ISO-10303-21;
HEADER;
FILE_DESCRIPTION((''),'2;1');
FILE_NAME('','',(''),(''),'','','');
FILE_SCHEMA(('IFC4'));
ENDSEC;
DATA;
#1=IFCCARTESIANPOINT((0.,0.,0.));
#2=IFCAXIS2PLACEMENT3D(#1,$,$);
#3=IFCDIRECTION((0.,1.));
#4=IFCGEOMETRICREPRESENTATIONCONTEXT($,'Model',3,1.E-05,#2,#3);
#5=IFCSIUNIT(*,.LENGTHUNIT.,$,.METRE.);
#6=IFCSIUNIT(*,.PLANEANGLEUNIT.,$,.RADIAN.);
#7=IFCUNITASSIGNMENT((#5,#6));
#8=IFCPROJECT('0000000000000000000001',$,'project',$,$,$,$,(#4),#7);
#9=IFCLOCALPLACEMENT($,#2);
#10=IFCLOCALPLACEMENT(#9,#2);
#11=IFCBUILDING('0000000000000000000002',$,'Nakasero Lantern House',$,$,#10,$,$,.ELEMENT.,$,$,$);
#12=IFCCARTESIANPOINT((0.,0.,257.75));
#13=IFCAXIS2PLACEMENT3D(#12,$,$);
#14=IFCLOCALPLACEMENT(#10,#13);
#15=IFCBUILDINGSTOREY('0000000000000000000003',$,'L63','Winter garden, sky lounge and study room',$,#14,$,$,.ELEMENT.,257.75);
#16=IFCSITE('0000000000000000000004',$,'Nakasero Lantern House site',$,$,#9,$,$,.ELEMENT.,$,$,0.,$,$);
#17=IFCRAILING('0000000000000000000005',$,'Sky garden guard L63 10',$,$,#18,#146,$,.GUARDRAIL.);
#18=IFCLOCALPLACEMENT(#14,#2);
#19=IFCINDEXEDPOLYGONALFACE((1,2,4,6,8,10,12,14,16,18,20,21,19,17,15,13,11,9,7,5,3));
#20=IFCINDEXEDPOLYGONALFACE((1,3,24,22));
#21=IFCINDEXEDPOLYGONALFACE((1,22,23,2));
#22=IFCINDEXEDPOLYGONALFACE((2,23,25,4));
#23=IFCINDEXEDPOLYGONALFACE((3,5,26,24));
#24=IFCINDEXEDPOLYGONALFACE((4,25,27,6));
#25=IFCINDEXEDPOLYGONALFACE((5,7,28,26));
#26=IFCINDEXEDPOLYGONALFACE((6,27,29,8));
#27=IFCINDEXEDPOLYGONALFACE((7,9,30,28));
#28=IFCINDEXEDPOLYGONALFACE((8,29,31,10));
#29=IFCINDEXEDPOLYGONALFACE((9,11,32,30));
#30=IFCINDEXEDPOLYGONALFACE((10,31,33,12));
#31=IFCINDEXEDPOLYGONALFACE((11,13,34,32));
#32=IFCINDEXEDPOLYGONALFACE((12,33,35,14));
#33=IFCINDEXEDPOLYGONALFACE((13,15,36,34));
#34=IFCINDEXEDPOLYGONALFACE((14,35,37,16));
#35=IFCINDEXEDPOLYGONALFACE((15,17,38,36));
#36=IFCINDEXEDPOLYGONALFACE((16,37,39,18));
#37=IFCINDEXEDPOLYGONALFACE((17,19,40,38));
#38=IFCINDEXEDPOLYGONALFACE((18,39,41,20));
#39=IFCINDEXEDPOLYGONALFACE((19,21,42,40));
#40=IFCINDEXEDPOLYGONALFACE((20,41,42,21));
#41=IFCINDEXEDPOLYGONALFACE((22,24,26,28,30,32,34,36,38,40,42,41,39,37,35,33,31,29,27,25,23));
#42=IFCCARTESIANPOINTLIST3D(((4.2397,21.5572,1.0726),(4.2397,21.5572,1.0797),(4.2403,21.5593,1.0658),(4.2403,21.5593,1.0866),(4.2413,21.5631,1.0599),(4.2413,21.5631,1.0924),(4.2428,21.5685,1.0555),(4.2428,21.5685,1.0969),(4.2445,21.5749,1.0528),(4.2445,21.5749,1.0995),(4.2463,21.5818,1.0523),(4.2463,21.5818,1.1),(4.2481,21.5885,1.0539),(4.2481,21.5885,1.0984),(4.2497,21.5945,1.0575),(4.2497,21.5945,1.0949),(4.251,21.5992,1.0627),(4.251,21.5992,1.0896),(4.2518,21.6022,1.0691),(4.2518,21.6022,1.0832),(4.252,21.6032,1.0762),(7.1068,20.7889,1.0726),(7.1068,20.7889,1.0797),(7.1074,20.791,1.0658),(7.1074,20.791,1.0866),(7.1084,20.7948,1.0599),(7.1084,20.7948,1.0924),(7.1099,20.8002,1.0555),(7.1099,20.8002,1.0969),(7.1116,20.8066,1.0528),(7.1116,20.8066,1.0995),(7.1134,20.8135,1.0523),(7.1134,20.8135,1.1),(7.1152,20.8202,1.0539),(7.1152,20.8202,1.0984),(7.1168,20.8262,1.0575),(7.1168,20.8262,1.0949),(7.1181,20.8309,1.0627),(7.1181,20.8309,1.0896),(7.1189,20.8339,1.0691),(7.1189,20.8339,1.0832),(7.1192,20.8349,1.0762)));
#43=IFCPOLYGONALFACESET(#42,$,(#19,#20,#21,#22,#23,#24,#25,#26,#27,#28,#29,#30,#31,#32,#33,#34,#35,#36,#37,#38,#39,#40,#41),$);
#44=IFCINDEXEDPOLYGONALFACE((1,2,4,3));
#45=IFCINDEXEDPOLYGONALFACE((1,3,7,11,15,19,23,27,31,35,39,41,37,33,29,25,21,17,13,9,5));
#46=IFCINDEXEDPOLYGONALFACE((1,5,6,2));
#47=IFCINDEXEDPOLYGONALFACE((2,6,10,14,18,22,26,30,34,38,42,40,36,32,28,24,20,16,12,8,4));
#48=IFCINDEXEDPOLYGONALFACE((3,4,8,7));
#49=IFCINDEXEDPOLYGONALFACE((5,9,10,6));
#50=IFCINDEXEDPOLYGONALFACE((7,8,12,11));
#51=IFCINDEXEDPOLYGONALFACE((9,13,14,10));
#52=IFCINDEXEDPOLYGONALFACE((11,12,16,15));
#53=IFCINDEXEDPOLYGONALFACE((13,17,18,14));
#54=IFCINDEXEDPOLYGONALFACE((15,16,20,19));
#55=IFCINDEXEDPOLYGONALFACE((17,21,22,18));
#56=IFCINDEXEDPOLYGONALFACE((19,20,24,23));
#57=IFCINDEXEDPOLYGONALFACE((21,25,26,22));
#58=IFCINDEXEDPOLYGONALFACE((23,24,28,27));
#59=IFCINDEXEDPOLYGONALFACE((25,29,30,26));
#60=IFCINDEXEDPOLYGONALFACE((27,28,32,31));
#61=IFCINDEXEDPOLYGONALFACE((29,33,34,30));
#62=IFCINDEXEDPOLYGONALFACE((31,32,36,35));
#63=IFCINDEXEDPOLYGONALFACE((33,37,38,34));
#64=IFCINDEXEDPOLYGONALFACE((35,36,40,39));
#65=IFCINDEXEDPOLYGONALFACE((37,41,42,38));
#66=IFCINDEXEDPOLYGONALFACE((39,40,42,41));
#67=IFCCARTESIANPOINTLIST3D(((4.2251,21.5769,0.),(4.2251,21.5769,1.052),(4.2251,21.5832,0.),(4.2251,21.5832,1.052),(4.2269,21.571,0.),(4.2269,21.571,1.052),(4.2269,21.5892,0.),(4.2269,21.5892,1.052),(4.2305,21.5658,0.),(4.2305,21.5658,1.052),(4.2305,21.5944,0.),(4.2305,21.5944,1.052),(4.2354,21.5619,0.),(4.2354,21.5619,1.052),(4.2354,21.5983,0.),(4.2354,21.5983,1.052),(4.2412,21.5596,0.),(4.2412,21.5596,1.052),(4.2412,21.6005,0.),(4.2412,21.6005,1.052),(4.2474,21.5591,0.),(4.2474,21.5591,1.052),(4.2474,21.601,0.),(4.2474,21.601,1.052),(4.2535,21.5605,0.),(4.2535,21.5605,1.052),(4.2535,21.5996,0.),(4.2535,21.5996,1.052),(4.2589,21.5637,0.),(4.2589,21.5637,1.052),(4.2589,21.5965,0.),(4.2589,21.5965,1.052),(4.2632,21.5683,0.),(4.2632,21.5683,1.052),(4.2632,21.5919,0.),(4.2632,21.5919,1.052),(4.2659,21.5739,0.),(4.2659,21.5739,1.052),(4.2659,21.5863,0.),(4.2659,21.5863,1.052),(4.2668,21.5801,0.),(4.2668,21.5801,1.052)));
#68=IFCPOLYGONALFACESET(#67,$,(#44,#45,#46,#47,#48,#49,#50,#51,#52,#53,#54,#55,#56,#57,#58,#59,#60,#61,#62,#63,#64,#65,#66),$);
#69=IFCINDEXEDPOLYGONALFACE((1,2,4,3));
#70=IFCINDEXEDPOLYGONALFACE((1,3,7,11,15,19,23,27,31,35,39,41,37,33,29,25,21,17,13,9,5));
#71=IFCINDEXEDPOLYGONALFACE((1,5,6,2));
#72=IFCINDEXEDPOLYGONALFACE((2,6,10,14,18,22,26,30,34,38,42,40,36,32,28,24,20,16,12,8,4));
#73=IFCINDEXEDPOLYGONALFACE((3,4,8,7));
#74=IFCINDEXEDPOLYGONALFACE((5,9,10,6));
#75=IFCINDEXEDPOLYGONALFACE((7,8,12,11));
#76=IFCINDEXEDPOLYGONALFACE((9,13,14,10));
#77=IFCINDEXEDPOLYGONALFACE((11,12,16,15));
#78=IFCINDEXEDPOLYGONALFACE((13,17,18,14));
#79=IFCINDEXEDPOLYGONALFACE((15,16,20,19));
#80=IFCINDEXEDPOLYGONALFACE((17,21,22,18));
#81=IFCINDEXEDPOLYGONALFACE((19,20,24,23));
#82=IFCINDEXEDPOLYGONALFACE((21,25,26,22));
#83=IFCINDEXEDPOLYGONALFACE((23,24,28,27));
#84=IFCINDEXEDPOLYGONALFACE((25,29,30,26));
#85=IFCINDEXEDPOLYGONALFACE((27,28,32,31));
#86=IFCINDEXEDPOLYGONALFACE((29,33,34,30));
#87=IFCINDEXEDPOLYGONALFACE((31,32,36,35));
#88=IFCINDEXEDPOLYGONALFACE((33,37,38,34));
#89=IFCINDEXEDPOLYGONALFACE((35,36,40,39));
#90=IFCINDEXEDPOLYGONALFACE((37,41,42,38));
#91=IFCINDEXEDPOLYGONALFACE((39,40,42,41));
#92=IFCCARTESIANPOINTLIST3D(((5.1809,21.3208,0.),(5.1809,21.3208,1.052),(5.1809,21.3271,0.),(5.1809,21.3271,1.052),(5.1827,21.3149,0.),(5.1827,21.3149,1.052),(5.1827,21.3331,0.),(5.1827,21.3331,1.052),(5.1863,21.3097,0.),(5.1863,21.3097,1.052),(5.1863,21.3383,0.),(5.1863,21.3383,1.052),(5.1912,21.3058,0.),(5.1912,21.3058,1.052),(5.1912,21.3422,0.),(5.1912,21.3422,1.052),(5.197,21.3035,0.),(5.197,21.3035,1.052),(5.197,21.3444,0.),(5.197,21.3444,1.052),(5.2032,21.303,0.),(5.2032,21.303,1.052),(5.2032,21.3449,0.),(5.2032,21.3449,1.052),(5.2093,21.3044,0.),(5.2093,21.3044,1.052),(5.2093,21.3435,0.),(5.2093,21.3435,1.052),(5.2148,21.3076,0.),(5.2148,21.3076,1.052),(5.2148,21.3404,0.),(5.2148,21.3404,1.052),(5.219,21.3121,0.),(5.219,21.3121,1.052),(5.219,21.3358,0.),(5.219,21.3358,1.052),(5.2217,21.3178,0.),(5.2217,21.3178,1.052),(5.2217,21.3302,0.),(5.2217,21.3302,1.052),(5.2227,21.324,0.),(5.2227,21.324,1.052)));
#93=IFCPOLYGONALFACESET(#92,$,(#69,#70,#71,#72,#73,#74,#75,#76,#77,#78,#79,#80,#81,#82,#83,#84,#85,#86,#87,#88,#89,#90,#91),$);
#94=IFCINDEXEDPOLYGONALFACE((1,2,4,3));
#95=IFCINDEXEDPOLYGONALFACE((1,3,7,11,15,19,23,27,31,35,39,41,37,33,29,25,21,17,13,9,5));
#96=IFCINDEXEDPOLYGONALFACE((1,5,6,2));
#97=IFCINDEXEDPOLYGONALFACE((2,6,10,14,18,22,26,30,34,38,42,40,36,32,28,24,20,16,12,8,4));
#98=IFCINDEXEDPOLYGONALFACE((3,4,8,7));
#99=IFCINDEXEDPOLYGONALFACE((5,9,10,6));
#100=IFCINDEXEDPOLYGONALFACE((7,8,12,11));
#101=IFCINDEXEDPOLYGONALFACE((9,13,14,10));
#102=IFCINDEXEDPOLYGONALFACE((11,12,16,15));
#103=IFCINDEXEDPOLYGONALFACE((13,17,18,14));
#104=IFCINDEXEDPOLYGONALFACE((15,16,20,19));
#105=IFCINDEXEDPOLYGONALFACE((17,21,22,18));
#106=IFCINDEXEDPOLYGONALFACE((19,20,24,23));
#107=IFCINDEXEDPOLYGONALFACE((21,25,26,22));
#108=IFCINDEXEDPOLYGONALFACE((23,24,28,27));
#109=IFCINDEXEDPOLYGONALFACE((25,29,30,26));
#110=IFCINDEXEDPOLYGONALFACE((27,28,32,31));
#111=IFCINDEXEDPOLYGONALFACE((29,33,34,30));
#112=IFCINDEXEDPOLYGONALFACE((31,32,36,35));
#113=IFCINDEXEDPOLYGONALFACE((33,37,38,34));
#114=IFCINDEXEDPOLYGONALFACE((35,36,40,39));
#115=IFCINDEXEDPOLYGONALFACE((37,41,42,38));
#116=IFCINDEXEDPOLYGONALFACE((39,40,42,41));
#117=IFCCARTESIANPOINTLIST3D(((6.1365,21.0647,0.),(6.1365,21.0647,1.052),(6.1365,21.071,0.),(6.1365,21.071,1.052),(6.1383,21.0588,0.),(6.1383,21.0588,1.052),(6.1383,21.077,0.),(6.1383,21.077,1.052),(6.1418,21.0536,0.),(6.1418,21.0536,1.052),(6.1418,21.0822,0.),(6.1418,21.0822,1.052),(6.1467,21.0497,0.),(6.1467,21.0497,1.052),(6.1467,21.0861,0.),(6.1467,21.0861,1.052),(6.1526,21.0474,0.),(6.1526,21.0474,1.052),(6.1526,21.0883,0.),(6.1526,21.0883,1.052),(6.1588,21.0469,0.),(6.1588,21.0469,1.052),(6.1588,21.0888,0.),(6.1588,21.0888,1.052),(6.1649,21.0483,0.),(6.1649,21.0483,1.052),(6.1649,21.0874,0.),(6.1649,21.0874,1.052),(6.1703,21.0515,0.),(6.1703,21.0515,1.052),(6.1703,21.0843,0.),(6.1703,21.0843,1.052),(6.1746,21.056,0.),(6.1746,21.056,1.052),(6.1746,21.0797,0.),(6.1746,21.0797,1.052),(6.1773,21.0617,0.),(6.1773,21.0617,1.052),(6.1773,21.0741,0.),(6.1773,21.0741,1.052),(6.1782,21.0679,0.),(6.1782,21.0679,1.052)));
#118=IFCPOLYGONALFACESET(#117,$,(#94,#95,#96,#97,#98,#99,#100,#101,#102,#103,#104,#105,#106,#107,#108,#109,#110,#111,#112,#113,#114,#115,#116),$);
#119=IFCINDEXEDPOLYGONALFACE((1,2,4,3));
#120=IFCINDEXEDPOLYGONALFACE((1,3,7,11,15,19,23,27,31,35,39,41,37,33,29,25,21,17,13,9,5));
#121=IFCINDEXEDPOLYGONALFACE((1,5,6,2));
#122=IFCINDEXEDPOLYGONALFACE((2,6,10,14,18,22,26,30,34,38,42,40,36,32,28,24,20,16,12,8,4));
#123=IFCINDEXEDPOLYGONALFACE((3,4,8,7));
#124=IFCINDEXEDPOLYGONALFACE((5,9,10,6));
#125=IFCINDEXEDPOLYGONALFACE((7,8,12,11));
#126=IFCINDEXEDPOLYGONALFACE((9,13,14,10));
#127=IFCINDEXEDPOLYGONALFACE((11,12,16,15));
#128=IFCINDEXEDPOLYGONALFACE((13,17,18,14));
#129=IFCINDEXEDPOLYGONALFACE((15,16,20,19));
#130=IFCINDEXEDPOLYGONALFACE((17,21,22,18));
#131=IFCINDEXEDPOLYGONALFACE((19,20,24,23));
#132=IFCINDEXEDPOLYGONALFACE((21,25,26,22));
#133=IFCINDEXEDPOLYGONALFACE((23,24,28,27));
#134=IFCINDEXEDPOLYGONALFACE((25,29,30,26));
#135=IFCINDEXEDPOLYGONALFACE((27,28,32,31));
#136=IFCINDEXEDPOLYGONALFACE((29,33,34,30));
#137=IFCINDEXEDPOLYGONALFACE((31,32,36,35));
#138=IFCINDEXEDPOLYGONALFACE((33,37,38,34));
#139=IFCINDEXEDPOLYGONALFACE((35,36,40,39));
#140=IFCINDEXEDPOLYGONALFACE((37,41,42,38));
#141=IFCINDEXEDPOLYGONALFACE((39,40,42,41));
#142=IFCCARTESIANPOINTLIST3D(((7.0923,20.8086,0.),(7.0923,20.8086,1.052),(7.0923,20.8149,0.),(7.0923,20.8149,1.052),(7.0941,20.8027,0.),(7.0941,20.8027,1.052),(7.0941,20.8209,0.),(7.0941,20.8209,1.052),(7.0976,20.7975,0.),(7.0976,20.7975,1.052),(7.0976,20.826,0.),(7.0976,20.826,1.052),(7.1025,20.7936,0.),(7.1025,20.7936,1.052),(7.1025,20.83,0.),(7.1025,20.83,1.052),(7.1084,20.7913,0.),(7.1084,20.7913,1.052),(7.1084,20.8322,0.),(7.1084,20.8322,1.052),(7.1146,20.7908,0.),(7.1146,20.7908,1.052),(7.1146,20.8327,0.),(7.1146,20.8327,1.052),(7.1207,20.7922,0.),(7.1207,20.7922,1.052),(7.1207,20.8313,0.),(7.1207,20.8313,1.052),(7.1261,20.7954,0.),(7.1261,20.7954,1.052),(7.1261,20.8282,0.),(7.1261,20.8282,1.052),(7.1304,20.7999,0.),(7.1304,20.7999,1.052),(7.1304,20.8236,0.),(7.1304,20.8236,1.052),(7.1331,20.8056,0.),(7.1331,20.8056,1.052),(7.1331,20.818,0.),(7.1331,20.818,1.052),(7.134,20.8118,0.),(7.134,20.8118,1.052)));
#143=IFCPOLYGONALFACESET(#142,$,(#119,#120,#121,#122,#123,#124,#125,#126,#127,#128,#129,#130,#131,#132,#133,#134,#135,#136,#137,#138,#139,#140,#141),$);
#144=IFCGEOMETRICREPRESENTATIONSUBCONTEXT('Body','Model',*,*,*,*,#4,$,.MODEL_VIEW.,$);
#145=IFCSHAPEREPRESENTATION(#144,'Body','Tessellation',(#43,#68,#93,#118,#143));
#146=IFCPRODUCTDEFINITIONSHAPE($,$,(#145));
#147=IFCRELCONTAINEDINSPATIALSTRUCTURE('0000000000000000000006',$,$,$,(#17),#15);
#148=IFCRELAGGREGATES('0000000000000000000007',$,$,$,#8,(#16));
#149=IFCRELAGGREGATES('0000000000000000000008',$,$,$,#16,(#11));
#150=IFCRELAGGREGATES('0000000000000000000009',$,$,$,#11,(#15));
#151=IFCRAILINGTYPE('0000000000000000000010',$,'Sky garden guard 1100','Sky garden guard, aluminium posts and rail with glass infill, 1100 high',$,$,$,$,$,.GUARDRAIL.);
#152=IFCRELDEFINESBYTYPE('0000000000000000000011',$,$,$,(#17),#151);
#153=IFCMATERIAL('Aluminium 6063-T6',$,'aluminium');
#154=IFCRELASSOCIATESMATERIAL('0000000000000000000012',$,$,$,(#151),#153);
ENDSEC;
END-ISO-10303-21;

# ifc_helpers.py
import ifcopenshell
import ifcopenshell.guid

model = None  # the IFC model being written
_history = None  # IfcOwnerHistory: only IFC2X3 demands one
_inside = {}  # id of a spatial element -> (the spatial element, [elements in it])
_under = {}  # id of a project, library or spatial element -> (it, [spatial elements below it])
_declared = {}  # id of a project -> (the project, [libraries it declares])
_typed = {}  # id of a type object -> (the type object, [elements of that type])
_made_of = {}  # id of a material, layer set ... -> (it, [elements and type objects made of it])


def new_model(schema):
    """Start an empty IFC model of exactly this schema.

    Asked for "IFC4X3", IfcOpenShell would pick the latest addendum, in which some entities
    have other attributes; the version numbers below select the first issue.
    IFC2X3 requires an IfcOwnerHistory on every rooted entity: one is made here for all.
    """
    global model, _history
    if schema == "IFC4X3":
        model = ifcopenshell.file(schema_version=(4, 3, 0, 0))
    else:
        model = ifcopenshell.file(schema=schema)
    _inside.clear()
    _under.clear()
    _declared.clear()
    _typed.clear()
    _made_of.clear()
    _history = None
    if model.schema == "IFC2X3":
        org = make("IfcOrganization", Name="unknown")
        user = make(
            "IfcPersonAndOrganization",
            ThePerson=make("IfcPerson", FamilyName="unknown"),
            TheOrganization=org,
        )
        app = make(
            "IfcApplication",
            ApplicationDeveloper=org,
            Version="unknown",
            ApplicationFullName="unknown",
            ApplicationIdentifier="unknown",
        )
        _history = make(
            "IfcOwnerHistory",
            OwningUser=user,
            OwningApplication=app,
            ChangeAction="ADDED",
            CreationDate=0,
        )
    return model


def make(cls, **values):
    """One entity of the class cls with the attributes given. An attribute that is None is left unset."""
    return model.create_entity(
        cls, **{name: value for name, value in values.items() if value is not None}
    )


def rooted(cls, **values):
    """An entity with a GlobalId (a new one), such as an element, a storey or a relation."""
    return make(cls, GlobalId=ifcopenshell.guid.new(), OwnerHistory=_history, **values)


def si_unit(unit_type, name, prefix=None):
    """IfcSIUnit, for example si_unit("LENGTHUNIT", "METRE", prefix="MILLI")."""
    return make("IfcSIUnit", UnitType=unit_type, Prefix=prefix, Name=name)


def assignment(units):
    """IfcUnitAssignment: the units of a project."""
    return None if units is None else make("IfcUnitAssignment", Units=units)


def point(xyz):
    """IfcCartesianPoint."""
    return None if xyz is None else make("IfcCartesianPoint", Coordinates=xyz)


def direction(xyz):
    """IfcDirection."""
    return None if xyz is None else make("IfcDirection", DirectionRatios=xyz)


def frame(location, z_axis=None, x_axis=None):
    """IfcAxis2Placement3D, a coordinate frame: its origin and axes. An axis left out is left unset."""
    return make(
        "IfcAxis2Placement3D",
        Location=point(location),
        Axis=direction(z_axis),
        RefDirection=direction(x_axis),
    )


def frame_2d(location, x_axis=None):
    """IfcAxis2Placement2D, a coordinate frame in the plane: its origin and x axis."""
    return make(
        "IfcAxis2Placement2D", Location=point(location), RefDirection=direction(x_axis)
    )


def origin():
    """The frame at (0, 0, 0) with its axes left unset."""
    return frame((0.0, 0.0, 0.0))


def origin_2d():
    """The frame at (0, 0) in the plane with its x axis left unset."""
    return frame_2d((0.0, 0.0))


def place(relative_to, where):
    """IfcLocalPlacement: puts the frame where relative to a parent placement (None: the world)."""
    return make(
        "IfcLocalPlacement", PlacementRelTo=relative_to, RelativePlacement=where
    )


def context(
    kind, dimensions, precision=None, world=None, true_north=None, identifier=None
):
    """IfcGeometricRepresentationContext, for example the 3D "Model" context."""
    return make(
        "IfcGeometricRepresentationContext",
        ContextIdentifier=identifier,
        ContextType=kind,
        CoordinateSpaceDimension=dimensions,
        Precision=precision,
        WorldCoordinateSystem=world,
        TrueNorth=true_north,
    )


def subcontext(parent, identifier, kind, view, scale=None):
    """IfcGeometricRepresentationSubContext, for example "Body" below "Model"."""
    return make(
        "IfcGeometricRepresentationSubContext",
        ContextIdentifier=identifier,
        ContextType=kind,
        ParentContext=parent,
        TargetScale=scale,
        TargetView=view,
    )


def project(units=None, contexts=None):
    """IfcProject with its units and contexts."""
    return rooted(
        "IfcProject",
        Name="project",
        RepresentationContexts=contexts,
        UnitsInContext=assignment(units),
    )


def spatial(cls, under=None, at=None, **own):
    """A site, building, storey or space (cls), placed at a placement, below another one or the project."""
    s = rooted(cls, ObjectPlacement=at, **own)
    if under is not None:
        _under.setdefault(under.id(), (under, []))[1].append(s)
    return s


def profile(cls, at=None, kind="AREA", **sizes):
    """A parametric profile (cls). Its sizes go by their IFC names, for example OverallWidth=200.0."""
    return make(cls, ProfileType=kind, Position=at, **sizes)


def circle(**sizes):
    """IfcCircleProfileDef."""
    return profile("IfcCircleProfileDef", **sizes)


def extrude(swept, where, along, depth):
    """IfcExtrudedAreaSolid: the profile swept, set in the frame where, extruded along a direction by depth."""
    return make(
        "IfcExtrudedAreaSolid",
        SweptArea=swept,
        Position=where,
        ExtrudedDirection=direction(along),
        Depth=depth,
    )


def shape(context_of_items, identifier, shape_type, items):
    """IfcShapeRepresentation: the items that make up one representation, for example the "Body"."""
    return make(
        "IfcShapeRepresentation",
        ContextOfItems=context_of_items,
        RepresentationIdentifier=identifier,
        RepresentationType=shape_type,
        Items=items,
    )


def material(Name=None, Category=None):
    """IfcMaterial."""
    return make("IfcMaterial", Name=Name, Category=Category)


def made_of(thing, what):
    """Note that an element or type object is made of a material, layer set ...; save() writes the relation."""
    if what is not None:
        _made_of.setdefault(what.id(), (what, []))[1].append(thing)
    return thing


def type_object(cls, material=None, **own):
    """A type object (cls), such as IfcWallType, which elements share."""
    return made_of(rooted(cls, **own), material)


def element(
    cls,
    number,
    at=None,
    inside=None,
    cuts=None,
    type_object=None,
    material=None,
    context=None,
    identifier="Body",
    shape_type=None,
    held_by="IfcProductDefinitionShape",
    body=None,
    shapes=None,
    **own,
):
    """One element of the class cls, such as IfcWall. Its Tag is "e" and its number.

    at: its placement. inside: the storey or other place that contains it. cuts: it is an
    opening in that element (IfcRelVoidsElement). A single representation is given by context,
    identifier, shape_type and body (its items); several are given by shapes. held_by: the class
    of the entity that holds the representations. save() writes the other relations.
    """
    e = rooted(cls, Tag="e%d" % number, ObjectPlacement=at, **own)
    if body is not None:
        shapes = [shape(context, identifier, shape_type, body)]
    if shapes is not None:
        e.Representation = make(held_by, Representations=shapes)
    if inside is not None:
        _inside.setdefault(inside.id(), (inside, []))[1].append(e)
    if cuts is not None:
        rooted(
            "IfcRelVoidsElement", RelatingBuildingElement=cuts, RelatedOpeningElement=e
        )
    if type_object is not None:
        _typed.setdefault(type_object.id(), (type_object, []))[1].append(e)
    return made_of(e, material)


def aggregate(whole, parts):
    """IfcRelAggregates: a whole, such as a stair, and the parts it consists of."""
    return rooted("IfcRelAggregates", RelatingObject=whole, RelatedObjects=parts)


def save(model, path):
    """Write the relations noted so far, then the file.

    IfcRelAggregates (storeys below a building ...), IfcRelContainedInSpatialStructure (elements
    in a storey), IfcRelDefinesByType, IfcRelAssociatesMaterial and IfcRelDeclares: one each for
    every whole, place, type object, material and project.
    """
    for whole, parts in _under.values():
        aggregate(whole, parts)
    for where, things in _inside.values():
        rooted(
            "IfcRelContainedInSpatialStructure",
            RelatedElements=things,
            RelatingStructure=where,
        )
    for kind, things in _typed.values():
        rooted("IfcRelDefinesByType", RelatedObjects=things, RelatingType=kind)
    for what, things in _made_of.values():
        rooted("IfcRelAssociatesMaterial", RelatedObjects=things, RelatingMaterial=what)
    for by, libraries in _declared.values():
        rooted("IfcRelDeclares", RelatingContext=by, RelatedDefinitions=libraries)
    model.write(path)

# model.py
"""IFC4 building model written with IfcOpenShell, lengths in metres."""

from ifc_helpers import new_model, si_unit, direction, frame, origin, origin_2d, place, context, subcontext, project, spatial, circle, extrude, material, type_object, element, save


model = new_model("IFC4")

# Units and contexts
model_context = context("Model", 3, precision=1e-05, world=origin(), true_north=direction((0.0, 1.0)))
body_context = subcontext(model_context, "Body", "Model", "MODEL_VIEW")
ifc_project = project(units=[si_unit("LENGTHUNIT", "METRE"), si_unit("PLANEANGLEUNIT", "RADIAN")], contexts=[model_context])

# Site, building, storey
site_placement = place(None, origin())
site = spatial("IfcSite", under=ifc_project, at=site_placement, Name="Nakasero Lantern House site", CompositionType="ELEMENT", RefElevation=0.0)
building_placement = place(site_placement, origin())
building = spatial("IfcBuilding", under=site, at=building_placement, Name="Nakasero Lantern House", CompositionType="ELEMENT")
storey_placement = place(building_placement, frame((0.0, 0.0, 257.75)))
storey = spatial("IfcBuildingStorey", under=building, at=storey_placement, Name="L63", Description="Winter garden, sky lounge and study room", CompositionType="ELEMENT", Elevation=257.75)

# Railing
ifc_material_1 = material(Name="Aluminium 6063-T6", Category="aluminium")
railing_type = type_object("IfcRailingType", Name="Sky garden guard 1100", Description="Sky garden guard, aluminium posts and rail with glass infill, 1100 high", PredefinedType="GUARDRAIL", material=ifc_material_1)
railing_1_placement = place(storey_placement, frame((4.2458, 21.5801, 0.0)))
element("IfcRailing", 1, at=railing_1_placement, inside=storey, type_object=railing_type, Name="Sky garden guard L63 10", PredefinedType="GUARDRAIL", context=body_context, shape_type="SweptSolid", body=[
    extrude(circle(Radius=0.0239, at=origin_2d()), frame((0.0, 0.0, 1.0762), z_axis=(0.965922, -0.258835, 0.0), x_axis=(0.258835, 0.965922, 0.0)), (0.0, 0.0, 1.0), 2.9683),
    extrude(circle(Radius=0.021, at=origin_2d()), origin(), (0.0, 0.0, 1.0), 1.052),
    extrude(circle(Radius=0.021, at=origin_2d()), frame((0.9558, -0.2561, 0.0)), (0.0, 0.0, 1.0), 1.052),
    extrude(circle(Radius=0.021, at=origin_2d()), frame((1.9114, -0.5122, 0.0)), (0.0, 0.0, 1.0), 1.052),
    extrude(circle(Radius=0.021, at=origin_2d()), frame((2.8672, -0.7683, 0.0)), (0.0, 0.0, 1.0), 1.052),
])

save(model, "model.ifc")
